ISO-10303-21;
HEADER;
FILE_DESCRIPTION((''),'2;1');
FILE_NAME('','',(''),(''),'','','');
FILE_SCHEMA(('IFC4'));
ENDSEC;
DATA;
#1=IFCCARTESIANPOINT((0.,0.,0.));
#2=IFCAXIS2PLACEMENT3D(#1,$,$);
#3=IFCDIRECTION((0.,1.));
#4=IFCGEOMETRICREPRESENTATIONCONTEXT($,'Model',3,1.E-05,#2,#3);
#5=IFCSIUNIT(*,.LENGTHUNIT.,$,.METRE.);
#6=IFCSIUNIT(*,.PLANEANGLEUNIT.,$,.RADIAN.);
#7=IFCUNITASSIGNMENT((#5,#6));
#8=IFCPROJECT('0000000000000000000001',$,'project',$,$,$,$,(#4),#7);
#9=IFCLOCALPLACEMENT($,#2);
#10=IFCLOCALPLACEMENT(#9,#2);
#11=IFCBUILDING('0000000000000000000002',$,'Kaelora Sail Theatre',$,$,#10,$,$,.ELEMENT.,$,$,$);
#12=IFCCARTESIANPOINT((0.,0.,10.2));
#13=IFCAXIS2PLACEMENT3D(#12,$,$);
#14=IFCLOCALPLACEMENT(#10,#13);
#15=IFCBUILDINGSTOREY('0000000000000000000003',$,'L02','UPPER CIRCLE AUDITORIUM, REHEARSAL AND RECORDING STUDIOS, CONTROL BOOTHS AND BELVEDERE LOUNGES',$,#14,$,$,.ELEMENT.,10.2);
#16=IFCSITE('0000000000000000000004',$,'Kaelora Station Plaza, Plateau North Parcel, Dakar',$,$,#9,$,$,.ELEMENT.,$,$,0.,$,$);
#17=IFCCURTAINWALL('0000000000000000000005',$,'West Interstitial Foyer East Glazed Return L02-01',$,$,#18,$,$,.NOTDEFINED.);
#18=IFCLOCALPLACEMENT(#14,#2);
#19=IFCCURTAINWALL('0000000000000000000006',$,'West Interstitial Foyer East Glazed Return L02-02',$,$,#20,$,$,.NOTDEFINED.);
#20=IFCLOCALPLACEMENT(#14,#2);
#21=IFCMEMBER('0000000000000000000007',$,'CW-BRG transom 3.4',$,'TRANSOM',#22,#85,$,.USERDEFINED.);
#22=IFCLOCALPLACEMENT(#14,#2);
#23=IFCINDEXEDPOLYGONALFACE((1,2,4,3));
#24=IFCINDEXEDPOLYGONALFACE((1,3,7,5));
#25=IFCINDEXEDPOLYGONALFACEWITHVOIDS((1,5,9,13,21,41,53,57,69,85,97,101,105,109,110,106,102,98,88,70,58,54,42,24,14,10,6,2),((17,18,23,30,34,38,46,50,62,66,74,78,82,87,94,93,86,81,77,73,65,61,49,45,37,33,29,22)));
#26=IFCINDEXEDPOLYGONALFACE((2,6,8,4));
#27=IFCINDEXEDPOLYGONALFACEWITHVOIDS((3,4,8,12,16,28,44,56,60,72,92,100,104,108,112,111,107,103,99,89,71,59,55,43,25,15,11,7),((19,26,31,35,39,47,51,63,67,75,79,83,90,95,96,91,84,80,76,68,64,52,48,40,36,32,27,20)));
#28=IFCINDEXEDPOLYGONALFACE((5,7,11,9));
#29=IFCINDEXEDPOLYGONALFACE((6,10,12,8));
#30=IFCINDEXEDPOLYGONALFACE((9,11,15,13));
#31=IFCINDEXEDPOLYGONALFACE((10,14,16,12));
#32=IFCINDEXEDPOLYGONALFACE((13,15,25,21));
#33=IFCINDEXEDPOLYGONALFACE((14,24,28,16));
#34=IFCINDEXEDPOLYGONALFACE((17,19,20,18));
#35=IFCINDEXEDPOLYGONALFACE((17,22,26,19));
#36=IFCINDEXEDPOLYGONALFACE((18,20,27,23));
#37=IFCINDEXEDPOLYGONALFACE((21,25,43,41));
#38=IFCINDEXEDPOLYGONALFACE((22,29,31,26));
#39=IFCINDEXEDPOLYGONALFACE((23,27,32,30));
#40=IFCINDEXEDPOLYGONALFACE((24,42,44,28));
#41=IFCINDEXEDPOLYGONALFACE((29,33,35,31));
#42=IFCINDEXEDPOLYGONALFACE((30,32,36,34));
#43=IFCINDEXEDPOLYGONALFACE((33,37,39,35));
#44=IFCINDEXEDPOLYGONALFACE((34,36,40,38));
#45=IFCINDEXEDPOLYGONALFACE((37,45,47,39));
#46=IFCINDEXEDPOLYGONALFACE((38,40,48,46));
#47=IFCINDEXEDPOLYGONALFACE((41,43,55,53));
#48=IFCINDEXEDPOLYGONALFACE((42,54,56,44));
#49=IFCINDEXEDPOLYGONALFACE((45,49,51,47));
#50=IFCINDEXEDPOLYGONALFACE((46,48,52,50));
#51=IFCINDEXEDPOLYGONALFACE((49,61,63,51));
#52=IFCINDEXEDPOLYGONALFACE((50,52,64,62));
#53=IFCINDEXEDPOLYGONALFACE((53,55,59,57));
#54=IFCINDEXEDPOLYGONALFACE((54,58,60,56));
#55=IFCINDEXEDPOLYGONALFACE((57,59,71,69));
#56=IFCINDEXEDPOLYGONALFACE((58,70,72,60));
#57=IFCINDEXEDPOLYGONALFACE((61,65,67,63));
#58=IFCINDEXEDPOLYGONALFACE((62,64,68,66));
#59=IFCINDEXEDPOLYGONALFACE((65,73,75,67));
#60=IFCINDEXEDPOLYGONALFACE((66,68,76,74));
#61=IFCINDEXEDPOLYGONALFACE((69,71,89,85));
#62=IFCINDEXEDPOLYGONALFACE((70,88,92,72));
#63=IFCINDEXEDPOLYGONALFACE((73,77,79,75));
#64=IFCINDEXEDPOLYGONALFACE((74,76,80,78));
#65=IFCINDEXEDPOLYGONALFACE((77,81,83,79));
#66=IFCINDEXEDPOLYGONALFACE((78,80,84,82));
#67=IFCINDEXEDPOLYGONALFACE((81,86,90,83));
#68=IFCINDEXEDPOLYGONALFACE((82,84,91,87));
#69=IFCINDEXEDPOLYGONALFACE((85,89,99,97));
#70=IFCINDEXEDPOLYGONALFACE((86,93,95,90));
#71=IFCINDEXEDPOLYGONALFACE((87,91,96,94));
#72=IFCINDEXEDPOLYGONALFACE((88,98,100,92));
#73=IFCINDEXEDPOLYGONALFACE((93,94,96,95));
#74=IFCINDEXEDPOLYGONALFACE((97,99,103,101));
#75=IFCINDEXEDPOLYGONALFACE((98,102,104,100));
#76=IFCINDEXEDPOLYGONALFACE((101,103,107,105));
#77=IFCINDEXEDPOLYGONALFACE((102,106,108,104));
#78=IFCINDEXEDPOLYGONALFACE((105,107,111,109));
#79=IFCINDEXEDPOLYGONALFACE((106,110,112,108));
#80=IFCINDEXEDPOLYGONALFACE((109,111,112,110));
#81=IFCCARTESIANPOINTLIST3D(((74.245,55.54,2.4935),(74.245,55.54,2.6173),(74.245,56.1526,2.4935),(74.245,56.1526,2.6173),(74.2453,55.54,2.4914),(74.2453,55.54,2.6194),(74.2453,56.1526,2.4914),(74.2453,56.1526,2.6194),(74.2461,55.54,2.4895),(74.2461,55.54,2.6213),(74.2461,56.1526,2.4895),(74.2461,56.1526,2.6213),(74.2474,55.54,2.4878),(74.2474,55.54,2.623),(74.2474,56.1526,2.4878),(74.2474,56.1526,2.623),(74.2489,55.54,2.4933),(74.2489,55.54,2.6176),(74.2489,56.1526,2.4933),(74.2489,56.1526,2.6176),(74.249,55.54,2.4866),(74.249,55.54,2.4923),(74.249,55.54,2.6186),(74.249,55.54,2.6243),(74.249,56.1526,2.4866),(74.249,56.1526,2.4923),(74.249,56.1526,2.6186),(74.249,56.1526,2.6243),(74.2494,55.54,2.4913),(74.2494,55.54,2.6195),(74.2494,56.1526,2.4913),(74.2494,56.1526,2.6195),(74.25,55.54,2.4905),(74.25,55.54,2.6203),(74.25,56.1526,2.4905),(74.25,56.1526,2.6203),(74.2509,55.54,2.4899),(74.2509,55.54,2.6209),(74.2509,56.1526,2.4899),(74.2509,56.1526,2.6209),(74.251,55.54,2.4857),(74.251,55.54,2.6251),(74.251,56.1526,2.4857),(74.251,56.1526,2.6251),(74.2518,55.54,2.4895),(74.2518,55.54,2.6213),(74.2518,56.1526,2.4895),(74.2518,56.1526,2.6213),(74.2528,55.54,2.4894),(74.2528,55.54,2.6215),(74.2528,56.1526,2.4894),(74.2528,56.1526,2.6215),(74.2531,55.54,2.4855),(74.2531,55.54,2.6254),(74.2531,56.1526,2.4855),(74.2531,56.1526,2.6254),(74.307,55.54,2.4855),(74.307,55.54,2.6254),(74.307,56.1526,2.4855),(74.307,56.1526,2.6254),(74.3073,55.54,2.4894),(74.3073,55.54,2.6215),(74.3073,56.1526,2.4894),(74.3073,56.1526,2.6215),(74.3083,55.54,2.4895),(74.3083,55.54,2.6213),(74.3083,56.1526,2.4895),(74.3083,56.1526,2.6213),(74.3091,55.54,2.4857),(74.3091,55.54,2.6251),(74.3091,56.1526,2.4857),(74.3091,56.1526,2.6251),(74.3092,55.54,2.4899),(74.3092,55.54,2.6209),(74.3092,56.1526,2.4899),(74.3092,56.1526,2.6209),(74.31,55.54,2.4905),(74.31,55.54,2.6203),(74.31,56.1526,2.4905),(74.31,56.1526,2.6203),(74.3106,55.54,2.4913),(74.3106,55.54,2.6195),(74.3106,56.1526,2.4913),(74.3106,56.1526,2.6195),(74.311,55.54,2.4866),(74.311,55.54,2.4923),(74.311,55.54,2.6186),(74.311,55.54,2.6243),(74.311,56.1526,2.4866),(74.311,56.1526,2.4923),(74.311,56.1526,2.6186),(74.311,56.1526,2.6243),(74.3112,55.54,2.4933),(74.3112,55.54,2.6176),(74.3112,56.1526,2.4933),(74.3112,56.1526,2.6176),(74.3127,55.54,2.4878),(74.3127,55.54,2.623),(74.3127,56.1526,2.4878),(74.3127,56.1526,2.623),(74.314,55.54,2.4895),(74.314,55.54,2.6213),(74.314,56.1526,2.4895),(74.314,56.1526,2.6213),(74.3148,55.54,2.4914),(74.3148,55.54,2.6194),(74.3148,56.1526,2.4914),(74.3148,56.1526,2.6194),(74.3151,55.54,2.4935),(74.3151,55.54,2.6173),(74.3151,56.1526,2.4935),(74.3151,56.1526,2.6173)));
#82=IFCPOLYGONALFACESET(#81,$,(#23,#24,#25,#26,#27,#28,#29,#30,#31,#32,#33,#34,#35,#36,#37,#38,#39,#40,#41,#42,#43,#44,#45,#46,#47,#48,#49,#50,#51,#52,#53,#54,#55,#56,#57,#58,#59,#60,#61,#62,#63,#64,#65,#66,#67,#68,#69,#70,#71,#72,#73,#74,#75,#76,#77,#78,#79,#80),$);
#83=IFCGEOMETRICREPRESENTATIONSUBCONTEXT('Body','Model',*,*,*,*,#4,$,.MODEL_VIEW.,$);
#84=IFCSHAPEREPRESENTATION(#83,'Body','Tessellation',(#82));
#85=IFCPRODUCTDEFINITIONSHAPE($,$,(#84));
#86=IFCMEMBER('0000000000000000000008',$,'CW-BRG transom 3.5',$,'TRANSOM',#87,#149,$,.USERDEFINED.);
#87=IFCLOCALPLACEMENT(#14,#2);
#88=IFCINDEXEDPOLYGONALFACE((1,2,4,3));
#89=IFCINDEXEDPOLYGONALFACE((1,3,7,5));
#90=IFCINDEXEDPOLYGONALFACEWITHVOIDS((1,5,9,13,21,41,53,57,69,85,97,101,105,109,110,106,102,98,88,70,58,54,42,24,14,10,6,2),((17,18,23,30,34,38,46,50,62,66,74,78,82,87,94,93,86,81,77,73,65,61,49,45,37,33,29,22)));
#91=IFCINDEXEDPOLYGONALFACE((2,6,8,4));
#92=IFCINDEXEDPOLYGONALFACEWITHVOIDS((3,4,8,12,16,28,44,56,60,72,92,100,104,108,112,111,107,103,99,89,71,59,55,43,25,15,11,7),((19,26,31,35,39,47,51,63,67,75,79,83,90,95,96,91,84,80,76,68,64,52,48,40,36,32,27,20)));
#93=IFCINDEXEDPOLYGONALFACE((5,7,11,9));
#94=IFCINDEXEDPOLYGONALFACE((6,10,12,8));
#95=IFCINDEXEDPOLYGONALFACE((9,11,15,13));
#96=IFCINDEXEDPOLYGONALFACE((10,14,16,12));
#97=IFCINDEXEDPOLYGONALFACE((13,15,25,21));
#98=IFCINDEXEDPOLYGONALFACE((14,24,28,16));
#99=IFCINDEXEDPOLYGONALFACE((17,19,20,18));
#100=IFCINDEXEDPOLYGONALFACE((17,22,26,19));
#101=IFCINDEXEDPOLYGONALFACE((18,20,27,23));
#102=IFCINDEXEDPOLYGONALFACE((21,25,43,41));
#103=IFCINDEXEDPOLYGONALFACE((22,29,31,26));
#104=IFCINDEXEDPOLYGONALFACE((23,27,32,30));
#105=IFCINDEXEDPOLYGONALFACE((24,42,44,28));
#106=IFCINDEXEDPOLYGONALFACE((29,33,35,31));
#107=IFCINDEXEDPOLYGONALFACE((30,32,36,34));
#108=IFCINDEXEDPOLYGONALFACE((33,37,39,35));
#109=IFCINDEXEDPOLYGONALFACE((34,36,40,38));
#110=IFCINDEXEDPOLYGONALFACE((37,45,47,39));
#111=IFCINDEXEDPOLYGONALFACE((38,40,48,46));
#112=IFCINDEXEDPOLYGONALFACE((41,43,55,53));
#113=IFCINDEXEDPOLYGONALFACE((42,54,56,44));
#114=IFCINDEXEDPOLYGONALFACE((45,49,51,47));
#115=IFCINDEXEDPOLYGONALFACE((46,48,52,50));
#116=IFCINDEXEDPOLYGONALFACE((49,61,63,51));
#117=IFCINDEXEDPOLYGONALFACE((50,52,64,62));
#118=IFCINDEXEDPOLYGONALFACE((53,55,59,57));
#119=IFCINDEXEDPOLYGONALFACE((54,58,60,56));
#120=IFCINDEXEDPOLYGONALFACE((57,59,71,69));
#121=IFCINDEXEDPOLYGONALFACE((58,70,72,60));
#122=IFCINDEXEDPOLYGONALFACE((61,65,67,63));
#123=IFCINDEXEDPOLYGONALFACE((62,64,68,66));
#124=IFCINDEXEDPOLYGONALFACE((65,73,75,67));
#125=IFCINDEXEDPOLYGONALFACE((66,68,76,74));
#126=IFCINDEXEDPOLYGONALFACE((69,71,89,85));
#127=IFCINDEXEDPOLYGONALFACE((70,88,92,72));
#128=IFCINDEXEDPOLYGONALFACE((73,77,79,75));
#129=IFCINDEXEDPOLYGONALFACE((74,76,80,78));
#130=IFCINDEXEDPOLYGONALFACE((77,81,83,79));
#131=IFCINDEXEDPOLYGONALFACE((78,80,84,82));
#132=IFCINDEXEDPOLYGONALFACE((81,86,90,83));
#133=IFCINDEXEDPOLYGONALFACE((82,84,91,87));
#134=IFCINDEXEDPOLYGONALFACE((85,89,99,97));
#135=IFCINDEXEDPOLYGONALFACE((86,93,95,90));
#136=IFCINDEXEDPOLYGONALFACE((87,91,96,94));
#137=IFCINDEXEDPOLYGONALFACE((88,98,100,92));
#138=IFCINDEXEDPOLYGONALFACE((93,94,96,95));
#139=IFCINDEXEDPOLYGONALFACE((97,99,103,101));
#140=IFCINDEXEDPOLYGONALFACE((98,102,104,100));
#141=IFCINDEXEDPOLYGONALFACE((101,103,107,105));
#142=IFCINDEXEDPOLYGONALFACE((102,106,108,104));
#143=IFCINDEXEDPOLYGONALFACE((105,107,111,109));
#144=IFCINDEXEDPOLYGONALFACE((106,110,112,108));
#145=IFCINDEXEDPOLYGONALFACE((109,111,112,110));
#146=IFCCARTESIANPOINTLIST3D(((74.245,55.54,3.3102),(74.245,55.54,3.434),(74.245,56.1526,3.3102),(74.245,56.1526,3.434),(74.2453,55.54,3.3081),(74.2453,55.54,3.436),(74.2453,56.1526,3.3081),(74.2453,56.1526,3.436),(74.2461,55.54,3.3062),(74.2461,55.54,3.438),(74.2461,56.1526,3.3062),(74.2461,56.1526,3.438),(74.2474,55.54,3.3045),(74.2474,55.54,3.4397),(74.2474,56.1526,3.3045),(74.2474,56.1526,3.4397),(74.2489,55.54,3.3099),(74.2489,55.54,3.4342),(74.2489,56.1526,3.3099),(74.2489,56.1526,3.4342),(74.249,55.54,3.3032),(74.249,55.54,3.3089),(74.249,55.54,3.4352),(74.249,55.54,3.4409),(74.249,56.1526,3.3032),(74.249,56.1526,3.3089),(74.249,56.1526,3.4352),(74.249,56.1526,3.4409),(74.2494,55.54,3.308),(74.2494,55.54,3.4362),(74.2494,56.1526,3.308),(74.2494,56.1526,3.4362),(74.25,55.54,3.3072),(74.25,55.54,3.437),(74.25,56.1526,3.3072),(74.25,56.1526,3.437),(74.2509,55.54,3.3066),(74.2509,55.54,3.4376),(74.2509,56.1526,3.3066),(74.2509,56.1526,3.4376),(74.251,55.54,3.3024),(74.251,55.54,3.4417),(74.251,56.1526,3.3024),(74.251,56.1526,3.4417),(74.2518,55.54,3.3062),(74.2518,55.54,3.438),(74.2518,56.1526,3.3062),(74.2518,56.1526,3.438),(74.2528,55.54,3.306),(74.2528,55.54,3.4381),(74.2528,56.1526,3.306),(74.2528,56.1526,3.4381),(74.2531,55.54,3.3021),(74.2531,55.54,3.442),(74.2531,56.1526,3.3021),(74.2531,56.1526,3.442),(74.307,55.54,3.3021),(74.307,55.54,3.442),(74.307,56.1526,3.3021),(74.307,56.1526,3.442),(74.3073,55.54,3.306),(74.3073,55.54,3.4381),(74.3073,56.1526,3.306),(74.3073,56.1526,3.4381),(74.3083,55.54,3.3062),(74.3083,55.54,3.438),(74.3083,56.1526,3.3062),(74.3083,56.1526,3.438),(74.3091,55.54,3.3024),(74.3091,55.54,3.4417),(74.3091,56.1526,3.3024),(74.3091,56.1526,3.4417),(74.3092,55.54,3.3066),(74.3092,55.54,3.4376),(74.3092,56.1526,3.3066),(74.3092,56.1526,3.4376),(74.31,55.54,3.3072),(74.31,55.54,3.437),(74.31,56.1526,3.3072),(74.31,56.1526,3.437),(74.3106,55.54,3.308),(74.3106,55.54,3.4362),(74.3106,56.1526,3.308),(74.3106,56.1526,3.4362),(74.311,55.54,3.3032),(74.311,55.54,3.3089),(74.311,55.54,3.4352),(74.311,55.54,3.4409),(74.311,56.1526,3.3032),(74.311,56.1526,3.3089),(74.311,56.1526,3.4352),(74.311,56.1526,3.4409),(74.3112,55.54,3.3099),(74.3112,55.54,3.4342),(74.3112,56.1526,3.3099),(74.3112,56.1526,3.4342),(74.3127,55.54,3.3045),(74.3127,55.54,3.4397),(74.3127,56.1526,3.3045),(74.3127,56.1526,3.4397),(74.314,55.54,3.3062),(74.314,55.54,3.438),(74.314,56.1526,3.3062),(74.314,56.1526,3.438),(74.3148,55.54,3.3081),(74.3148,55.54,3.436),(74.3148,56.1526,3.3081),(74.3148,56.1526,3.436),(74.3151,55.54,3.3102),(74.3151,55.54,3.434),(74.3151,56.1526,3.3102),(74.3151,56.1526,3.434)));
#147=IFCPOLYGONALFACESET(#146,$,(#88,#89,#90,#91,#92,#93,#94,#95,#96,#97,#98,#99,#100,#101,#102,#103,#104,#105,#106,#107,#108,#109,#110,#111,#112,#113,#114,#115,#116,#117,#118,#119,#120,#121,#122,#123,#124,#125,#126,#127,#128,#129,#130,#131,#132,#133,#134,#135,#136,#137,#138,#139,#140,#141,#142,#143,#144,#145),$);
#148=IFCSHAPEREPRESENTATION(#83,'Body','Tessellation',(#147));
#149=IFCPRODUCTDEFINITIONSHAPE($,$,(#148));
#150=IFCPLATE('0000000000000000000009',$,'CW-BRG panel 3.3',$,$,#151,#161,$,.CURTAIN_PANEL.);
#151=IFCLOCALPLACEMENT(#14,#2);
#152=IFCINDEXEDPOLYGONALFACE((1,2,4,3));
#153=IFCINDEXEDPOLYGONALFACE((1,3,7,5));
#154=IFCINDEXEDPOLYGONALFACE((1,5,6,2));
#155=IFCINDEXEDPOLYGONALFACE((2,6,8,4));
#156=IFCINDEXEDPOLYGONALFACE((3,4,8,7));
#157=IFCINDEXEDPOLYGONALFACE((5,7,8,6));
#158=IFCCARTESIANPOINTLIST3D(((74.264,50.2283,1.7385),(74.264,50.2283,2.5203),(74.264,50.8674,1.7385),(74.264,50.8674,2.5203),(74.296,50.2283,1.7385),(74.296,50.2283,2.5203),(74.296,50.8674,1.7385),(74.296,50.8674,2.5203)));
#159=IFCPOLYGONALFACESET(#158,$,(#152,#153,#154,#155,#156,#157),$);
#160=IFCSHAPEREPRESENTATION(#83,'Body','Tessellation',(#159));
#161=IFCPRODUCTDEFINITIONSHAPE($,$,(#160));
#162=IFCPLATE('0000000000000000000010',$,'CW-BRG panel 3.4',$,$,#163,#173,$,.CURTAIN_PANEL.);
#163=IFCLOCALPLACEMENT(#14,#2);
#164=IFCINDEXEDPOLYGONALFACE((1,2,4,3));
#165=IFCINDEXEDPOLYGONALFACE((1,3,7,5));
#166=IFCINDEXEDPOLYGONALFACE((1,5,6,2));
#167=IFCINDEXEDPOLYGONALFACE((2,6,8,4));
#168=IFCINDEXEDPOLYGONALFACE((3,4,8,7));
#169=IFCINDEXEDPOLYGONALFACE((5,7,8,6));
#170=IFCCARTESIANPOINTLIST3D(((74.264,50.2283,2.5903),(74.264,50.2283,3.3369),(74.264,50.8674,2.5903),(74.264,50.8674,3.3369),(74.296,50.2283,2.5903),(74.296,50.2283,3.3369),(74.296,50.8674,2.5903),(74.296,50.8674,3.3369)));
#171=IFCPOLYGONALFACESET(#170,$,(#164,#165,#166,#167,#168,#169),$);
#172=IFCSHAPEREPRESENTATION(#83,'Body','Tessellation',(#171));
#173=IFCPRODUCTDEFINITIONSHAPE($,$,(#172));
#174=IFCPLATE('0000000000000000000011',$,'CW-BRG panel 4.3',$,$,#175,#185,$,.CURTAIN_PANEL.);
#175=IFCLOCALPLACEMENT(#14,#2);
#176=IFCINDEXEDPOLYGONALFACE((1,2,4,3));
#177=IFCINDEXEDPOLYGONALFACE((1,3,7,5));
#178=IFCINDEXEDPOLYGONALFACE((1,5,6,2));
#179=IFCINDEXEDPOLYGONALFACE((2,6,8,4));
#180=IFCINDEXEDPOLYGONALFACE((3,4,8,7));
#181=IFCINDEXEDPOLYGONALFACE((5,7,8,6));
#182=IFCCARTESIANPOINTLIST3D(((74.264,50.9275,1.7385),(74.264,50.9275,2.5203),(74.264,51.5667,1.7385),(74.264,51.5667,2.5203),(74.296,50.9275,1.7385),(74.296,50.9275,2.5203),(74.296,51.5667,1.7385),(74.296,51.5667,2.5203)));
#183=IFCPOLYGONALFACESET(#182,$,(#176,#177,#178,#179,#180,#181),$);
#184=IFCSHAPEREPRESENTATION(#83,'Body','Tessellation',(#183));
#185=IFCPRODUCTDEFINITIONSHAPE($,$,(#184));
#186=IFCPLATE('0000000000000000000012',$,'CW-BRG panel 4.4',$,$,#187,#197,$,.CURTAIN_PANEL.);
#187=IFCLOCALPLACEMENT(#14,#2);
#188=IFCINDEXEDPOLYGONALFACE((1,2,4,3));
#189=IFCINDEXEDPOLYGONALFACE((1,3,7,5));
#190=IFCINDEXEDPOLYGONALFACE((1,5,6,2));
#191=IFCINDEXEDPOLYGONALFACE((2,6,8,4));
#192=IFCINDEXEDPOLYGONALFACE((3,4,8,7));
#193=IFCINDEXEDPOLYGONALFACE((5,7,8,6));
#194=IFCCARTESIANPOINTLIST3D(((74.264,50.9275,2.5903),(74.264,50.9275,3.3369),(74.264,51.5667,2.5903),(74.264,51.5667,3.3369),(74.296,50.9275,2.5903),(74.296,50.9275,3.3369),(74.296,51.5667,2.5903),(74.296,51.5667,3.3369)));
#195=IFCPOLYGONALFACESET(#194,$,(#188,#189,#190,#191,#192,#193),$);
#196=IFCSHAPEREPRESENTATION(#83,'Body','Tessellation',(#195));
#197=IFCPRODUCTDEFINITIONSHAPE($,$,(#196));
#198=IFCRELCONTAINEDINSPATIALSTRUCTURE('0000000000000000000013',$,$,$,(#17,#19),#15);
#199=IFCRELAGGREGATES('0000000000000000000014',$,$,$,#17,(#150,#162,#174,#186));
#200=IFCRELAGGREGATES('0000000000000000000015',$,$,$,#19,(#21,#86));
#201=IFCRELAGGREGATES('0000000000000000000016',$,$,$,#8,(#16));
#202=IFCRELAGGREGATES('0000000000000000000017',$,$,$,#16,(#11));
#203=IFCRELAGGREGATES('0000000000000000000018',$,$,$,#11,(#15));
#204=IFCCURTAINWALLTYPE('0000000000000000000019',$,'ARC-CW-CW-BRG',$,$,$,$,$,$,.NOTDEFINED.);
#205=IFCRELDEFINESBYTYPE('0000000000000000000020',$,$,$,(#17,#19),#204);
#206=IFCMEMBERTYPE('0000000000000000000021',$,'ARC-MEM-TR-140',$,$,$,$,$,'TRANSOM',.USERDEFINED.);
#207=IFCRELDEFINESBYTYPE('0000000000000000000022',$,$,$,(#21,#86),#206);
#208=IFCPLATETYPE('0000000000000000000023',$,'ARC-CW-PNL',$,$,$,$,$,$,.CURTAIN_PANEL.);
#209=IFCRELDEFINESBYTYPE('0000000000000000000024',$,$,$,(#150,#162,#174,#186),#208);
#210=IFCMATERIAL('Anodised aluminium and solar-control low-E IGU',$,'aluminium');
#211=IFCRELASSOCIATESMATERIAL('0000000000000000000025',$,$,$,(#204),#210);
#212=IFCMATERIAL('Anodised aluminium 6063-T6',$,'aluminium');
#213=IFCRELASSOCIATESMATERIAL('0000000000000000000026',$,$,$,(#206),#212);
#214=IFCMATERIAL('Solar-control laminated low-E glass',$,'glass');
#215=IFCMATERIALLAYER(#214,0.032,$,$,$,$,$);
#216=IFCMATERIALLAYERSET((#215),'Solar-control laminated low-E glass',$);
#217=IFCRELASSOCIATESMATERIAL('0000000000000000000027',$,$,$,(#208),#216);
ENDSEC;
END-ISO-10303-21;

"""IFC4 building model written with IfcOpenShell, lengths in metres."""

from ifc_helpers import new_model, si_unit, direction, frame, origin, origin_2d, place, context, subcontext, project, spatial, rectangle, hollow_rectangle, extrude, material, layer, layer_set, material_profile, profile_set, type_object, element, aggregate, save


model = new_model("IFC4")

# Units and contexts
model_context = context("Model", 3, precision=1e-05, world=origin(), true_north=direction((0.0, 1.0)))
body_context = subcontext(model_context, "Body", "Model", "MODEL_VIEW")
ifc_project = project(units=[si_unit("LENGTHUNIT", "METRE"), si_unit("PLANEANGLEUNIT", "RADIAN")], contexts=[model_context])

# Site, building, storey
site_placement = place(None, origin())
site = spatial("IfcSite", under=ifc_project, at=site_placement, Name="Kaelora Station Plaza, Plateau North Parcel, Dakar", CompositionType="ELEMENT", RefElevation=0.0)
building_placement = place(site_placement, origin())
building = spatial("IfcBuilding", under=site, at=building_placement, Name="Kaelora Sail Theatre", CompositionType="ELEMENT")
storey_placement = place(building_placement, frame((0.0, 0.0, 10.2)))
storey = spatial("IfcBuildingStorey", under=building, at=storey_placement, Name="L02", Description="UPPER CIRCLE AUDITORIUM, REHEARSAL AND RECORDING STUDIOS, CONTROL BOOTHS AND BELVEDERE LOUNGES", CompositionType="ELEMENT", Elevation=10.2)

# Curtain walls, members
ifc_material_1 = material(Name="Anodised aluminium and solar-control low-E IGU", Category="aluminium")
curtain_wall_type = type_object("IfcCurtainWallType", Name="ARC-CW-CW-BRG", PredefinedType="NOTDEFINED", material=ifc_material_1)
curtain_wall_1_placement = place(storey_placement, origin())
curtain_wall_1 = element("IfcCurtainWall", 1, at=curtain_wall_1_placement, inside=storey, type_object=curtain_wall_type, Name="West Interstitial Foyer East Glazed Return L02-01", PredefinedType="NOTDEFINED")
ifc_material_2 = material(Name="Anodised aluminium 6063-T6", Category="aluminium")
ifc_material_profile_1 = material_profile(ifc_material_2, hollow_rectangle(XDim=0.0701, YDim=0.1399, WallThickness=0.0039, InnerFilletRadius=0.0039, OuterFilletRadius=0.0081, at=origin_2d()), Name="ALU-TRAN 70x140x4")
ifc_profile_set_1 = profile_set([ifc_material_profile_1], Name="Anodised aluminium 6063-T6")
member_type_1 = type_object("IfcMemberType", Name="ARC-MEM-TR-140", ElementType="TRANSOM", PredefinedType="USERDEFINED", material=ifc_profile_set_1)
curtain_wall_2_placement = place(storey_placement, origin())
curtain_wall_2 = element("IfcCurtainWall", 2, at=curtain_wall_2_placement, inside=storey, type_object=curtain_wall_type, Name="West Interstitial Foyer East Glazed Return L02-02", PredefinedType="NOTDEFINED")
member_1_placement = place(storey_placement, frame((74.28, 55.54, 2.5554), z_axis=(0.0, 1.0, 0.0), x_axis=(-1.0, 0.0, 0.0)))
member_1 = element("IfcMember", 3, at=member_1_placement, type_object=member_type_1, Name="CW-BRG transom 3.4", ObjectType="TRANSOM", PredefinedType="USERDEFINED", context=body_context, shape_type="SweptSolid", body=[
    extrude(hollow_rectangle(XDim=0.0701, YDim=0.1399, WallThickness=0.0039, InnerFilletRadius=0.0039, OuterFilletRadius=0.0081, at=origin_2d()), origin(), (0.0, 0.0, 1.0), 0.6125),
])
member_2_placement = place(storey_placement, frame((74.28, 55.54, 3.3721), z_axis=(0.0, 1.0, 0.0), x_axis=(-1.0, 0.0, 0.0)))
member_2 = element("IfcMember", 4, at=member_2_placement, type_object=member_type_1, Name="CW-BRG transom 3.5", ObjectType="TRANSOM", PredefinedType="USERDEFINED", context=body_context, shape_type="SweptSolid", body=[
    extrude(hollow_rectangle(XDim=0.0701, YDim=0.1399, WallThickness=0.0039, InnerFilletRadius=0.0039, OuterFilletRadius=0.0081, at=origin_2d()), origin(), (0.0, 0.0, 1.0), 0.6125),
])

# Plates
ifc_material_3 = material(Name="Solar-control laminated low-E glass", Category="glass")
ifc_layer = layer(ifc_material_3, 0.032)
ifc_layer_set = layer_set([ifc_layer], Name="Solar-control laminated low-E glass")
plate_type = type_object("IfcPlateType", Name="ARC-CW-PNL", PredefinedType="CURTAIN_PANEL", material=ifc_layer_set)
plate_1_placement = place(storey_placement, frame((74.28, 50.5479, 1.7385), z_axis=(0.0, 0.0, 1.0), x_axis=(0.0, 1.0, 0.0)))
plate_1 = element("IfcPlate", 5, at=plate_1_placement, type_object=plate_type, Name="CW-BRG panel 3.3", PredefinedType="CURTAIN_PANEL", context=body_context, shape_type="SweptSolid", body=[
    extrude(rectangle(XDim=0.6392, YDim=0.032, at=origin_2d()), origin(), (0.0, 0.0, 1.0), 0.7817),
])
plate_2_placement = place(storey_placement, frame((74.28, 50.5479, 2.5903), z_axis=(0.0, 0.0, 1.0), x_axis=(0.0, 1.0, 0.0)))
plate_2 = element("IfcPlate", 6, at=plate_2_placement, type_object=plate_type, Name="CW-BRG panel 3.4", PredefinedType="CURTAIN_PANEL", context=body_context, shape_type="SweptSolid", body=[
    extrude(rectangle(XDim=0.6392, YDim=0.032, at=origin_2d()), origin(), (0.0, 0.0, 1.0), 0.7466),
])
plate_3_placement = place(storey_placement, frame((74.28, 51.2471, 1.7385), z_axis=(0.0, 0.0, 1.0), x_axis=(0.0, 1.0, 0.0)))
plate_3 = element("IfcPlate", 7, at=plate_3_placement, type_object=plate_type, Name="CW-BRG panel 4.3", PredefinedType="CURTAIN_PANEL", context=body_context, shape_type="SweptSolid", body=[
    extrude(rectangle(XDim=0.6392, YDim=0.032, at=origin_2d()), origin(), (0.0, 0.0, 1.0), 0.7817),
])
plate_4_placement = place(storey_placement, frame((74.28, 51.2471, 2.5903), z_axis=(0.0, 0.0, 1.0), x_axis=(0.0, 1.0, 0.0)))
plate_4 = element("IfcPlate", 8, at=plate_4_placement, type_object=plate_type, Name="CW-BRG panel 4.4", PredefinedType="CURTAIN_PANEL", context=body_context, shape_type="SweptSolid", body=[
    extrude(rectangle(XDim=0.6392, YDim=0.032, at=origin_2d()), origin(), (0.0, 0.0, 1.0), 0.7466),
])
aggregate(curtain_wall_1, [plate_1, plate_2, plate_3, plate_4])
aggregate(curtain_wall_2, [member_1, member_2])

save(model, "model.ifc")
